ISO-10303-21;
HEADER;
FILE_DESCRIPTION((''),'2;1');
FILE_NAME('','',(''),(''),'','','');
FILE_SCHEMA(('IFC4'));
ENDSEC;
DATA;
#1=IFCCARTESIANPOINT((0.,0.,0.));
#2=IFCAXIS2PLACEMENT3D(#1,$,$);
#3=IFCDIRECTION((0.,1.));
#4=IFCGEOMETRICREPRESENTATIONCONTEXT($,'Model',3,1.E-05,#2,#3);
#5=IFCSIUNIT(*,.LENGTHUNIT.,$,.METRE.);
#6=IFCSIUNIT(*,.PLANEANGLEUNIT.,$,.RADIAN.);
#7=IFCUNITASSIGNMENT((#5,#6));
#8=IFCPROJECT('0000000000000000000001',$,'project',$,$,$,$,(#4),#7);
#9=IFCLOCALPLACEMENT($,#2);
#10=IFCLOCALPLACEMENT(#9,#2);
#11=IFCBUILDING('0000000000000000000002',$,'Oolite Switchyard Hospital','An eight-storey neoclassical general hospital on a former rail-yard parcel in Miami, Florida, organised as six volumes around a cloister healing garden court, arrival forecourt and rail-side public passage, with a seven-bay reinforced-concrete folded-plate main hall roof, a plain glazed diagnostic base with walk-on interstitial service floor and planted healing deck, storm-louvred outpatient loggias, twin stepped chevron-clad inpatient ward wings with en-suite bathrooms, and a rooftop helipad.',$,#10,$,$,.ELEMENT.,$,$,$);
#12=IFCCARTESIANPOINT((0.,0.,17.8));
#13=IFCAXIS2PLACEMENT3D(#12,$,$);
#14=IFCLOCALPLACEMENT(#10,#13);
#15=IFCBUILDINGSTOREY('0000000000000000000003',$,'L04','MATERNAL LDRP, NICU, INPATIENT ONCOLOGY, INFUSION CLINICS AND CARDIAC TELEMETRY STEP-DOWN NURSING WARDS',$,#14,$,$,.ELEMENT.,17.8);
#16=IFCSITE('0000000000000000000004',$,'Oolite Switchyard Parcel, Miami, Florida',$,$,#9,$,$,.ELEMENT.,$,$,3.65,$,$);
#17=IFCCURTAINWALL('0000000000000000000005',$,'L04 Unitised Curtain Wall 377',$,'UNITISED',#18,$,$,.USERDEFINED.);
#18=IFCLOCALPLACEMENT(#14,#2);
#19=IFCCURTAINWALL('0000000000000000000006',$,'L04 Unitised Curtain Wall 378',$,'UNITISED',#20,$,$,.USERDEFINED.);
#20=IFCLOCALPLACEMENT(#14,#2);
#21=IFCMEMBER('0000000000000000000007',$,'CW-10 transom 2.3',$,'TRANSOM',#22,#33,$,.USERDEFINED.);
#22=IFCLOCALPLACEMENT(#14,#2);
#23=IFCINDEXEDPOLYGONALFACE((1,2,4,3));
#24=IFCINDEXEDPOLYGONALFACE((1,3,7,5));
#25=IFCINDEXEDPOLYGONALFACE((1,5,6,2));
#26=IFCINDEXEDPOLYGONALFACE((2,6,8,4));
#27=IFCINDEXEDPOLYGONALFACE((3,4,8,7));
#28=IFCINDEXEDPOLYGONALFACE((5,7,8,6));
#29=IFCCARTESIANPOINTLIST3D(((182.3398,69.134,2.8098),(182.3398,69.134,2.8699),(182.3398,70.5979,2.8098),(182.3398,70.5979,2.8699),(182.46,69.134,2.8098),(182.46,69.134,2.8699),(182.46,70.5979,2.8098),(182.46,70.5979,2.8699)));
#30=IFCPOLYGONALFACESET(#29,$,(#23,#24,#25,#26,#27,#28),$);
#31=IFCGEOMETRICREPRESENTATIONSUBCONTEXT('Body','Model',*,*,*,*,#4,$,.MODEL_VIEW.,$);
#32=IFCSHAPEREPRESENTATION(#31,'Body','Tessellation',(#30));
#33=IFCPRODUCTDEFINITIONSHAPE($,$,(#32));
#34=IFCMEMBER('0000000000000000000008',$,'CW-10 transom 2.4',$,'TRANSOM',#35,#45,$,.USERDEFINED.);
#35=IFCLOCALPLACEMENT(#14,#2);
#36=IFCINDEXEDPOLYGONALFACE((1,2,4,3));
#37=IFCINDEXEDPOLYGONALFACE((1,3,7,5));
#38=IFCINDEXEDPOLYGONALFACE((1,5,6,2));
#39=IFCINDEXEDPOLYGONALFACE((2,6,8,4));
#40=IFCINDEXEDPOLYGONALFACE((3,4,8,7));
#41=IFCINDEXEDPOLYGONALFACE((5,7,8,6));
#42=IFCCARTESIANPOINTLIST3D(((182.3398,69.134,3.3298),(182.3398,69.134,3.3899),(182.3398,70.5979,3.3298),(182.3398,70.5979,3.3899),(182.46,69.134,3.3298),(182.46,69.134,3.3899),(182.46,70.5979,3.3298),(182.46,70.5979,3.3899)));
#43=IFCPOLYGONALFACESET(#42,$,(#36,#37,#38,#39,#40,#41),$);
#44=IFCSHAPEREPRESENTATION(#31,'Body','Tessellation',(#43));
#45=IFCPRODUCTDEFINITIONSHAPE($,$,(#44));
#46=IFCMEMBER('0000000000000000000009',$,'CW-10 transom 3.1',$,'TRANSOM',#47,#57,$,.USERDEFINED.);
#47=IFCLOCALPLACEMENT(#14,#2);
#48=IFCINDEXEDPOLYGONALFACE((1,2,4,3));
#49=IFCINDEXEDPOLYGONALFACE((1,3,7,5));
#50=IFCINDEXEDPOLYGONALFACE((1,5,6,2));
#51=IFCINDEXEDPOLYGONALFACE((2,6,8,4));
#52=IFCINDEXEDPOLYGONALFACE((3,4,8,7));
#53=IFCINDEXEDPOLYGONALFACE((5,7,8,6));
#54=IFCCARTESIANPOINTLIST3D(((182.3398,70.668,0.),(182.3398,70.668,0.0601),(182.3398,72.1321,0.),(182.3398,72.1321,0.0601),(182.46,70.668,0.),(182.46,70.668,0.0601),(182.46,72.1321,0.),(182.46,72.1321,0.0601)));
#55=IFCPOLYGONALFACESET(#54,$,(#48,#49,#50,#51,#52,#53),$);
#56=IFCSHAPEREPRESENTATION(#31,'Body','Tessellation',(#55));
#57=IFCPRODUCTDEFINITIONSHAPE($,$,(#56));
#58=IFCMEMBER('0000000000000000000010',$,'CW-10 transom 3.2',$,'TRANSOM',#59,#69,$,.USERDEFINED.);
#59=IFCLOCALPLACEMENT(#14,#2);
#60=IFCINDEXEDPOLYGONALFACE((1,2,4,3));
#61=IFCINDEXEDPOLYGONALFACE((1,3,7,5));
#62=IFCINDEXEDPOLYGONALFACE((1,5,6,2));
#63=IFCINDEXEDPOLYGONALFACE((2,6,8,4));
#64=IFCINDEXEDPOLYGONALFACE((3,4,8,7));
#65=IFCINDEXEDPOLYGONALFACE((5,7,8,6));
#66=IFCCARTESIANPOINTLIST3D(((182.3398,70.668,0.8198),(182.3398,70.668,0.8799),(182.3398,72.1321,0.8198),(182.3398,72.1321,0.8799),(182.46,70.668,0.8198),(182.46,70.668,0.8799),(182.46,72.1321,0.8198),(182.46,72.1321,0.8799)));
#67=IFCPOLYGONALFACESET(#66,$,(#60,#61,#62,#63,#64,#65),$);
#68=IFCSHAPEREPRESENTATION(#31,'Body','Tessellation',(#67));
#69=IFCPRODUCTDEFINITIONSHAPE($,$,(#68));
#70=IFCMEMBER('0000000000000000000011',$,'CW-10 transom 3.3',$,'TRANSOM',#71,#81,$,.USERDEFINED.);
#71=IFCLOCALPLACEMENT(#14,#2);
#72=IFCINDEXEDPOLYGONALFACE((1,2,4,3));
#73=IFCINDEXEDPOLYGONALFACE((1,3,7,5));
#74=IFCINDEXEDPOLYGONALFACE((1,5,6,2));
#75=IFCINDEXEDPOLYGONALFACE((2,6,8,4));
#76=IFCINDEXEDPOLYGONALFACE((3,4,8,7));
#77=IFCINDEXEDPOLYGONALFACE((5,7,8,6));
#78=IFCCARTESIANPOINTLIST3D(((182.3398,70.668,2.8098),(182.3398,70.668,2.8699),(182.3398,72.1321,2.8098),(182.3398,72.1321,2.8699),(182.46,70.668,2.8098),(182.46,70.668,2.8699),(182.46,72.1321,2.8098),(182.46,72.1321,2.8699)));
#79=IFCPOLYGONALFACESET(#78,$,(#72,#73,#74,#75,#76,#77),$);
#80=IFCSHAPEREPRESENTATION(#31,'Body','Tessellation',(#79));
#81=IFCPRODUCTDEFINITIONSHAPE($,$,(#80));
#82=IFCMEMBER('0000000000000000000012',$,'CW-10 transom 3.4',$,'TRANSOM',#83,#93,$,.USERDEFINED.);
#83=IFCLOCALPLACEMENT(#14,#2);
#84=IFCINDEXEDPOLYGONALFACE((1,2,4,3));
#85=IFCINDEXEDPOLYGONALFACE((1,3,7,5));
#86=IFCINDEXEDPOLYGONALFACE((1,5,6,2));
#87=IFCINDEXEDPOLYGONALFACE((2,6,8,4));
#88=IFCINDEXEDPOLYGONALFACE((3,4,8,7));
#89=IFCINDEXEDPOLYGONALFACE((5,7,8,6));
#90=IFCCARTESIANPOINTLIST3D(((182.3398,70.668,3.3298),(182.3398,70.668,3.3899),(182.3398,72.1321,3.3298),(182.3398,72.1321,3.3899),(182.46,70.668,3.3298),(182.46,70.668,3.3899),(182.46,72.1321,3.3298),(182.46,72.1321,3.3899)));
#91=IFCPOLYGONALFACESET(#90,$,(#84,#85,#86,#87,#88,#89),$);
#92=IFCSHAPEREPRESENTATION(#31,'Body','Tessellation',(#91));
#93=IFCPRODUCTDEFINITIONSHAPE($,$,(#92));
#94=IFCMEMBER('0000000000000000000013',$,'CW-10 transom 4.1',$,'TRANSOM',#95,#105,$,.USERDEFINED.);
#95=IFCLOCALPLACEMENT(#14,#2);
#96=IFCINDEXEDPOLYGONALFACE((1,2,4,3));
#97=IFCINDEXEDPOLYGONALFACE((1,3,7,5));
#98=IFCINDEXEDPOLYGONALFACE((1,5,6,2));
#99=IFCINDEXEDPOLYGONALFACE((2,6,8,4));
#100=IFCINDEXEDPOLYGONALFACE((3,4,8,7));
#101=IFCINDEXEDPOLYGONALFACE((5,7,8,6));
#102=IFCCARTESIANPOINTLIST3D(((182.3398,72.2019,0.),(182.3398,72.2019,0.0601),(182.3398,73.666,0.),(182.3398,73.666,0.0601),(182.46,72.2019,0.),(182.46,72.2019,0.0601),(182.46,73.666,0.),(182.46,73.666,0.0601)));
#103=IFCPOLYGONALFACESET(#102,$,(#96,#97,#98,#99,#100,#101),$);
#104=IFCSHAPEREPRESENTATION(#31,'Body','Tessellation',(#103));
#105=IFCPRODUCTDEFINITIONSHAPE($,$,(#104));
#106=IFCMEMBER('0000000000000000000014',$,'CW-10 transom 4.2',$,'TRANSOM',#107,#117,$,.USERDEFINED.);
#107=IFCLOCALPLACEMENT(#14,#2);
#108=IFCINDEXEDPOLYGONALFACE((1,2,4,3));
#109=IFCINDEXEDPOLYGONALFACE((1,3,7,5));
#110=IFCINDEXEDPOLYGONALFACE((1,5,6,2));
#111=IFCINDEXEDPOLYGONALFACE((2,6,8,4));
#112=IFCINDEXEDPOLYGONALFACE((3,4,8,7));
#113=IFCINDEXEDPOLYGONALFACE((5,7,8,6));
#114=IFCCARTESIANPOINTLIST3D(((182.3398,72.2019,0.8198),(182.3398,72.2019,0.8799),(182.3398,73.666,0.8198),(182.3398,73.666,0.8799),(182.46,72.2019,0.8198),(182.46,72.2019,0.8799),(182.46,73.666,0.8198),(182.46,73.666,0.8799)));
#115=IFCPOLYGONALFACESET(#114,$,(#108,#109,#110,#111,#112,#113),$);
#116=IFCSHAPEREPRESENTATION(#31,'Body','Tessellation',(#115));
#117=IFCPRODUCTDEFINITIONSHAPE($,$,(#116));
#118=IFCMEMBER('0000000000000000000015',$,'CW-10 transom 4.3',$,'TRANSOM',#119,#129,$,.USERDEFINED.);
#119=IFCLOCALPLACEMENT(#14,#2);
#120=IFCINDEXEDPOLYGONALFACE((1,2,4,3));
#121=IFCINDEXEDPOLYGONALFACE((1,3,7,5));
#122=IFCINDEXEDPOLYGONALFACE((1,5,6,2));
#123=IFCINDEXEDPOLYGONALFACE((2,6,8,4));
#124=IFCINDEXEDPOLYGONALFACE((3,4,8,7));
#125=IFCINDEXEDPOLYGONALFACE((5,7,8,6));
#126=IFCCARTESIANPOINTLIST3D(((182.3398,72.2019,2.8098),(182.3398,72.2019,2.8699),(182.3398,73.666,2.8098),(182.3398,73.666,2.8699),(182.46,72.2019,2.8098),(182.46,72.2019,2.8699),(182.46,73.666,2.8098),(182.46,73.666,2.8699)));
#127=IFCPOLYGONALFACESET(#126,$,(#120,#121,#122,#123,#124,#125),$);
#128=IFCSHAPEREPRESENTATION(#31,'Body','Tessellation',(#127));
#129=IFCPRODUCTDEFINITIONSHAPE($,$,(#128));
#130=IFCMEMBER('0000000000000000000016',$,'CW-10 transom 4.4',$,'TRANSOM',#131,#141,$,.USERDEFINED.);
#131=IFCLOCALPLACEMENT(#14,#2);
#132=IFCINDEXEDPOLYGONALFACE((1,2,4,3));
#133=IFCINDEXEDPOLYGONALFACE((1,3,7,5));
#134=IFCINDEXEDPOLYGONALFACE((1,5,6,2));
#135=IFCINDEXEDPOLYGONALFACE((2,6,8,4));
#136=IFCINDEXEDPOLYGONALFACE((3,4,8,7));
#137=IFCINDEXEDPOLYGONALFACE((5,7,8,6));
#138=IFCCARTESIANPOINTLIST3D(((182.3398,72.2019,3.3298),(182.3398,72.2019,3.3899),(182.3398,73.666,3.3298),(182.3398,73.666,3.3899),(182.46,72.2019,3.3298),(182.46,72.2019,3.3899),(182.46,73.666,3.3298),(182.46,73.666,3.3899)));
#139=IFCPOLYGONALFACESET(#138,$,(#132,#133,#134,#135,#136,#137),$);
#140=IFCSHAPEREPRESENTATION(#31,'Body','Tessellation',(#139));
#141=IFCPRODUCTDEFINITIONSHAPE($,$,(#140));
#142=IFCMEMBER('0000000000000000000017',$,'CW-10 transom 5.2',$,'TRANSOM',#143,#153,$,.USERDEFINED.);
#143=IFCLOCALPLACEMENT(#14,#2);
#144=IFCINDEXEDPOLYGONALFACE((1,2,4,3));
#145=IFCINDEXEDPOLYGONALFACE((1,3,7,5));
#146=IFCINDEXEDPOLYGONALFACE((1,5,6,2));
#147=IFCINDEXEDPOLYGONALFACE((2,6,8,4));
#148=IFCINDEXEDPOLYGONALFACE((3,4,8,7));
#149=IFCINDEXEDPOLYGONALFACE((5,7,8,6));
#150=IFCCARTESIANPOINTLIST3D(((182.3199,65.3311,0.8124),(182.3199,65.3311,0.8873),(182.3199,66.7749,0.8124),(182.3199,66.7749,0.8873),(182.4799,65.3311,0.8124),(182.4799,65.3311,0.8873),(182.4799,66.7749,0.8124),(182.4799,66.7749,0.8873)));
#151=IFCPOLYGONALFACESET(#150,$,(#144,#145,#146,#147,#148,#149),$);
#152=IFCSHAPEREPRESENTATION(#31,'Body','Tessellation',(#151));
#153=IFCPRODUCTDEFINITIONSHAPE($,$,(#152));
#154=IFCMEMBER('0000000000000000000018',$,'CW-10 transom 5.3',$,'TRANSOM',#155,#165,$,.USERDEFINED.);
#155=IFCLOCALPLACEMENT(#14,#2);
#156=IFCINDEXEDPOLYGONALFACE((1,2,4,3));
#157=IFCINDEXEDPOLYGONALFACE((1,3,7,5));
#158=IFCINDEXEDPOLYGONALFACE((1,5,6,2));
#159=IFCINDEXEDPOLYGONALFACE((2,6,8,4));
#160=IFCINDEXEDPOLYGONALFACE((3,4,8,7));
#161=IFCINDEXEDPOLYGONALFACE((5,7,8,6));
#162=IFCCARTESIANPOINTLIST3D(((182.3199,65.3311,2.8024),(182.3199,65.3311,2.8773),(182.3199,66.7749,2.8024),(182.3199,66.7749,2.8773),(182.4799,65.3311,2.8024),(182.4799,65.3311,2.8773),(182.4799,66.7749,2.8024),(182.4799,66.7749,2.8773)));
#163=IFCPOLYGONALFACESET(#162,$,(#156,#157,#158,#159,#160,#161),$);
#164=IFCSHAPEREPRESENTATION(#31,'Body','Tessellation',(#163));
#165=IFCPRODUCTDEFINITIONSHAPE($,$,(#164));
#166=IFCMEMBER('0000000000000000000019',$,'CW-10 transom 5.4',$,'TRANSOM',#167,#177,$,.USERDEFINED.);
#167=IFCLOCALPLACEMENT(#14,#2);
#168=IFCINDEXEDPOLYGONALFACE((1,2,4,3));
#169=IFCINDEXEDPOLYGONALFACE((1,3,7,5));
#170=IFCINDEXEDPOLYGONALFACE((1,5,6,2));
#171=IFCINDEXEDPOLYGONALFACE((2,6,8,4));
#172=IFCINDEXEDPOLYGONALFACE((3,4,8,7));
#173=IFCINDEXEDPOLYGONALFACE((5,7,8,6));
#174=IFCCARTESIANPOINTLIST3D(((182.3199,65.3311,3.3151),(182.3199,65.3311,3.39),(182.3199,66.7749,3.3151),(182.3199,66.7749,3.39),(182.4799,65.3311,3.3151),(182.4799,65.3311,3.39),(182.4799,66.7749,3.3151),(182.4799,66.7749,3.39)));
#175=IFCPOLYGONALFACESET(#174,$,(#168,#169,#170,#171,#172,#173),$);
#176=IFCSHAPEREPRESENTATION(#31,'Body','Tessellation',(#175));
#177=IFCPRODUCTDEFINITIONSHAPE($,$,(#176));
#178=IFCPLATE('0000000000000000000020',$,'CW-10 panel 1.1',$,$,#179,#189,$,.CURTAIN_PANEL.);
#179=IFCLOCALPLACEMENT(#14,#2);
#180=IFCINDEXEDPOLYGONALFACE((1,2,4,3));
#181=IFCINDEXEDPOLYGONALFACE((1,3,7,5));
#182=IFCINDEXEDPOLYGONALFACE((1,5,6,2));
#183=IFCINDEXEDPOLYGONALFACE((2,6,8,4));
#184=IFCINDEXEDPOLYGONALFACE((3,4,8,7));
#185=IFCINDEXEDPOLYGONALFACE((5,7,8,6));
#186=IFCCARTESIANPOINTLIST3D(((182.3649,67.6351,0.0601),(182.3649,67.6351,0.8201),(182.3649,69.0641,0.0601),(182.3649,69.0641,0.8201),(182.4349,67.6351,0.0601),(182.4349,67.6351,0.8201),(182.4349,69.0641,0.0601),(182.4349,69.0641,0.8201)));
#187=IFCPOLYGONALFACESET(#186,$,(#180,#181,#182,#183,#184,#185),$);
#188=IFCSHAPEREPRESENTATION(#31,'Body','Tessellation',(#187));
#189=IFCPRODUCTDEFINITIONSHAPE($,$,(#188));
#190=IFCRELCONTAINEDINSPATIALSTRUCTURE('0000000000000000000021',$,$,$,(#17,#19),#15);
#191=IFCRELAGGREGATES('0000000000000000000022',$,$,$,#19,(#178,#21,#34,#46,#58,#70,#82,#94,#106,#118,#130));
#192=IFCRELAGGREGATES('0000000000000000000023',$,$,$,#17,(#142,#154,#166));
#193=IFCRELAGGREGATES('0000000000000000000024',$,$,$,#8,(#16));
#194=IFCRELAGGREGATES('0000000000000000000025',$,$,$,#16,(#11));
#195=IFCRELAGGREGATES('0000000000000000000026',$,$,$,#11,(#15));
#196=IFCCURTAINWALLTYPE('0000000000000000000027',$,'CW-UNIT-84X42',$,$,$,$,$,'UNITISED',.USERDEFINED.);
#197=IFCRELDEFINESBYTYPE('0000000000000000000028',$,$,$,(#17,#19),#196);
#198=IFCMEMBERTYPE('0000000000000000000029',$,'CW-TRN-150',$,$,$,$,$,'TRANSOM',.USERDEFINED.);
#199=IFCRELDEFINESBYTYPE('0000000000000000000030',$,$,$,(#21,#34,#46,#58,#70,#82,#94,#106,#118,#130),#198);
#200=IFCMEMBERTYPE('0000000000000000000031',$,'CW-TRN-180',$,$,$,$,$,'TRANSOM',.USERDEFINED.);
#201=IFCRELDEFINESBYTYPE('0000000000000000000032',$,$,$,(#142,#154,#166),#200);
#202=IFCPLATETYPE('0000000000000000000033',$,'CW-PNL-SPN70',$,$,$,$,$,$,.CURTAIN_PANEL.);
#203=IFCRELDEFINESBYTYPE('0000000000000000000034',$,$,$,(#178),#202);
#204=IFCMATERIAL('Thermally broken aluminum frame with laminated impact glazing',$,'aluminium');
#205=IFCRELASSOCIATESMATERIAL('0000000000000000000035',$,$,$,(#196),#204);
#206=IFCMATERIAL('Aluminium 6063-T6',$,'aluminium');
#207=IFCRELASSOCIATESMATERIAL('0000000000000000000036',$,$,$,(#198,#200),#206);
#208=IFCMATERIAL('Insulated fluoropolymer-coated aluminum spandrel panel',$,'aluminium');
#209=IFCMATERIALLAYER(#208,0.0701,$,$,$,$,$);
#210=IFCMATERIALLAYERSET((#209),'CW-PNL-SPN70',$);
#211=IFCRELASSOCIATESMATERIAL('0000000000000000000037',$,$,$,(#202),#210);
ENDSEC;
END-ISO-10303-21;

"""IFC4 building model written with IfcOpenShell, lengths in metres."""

from ifc_helpers import new_model, si_unit, direction, frame, origin, origin_2d, place, context, subcontext, project, spatial, rectangle, extrude, material, layer, layer_set, material_profile, profile_set, type_object, element, aggregate, save


model = new_model("IFC4")

# Units and contexts
model_context = context("Model", 3, precision=1e-05, world=origin(), true_north=direction((0.0, 1.0)))
body_context = subcontext(model_context, "Body", "Model", "MODEL_VIEW")
ifc_project = project(units=[si_unit("LENGTHUNIT", "METRE"), si_unit("PLANEANGLEUNIT", "RADIAN")], contexts=[model_context])

# Site, building, storey
site_placement = place(None, origin())
site = spatial("IfcSite", under=ifc_project, at=site_placement, Name="Oolite Switchyard Parcel, Miami, Florida", CompositionType="ELEMENT", RefElevation=3.65)
building_placement = place(site_placement, origin())
building = spatial("IfcBuilding", under=site, at=building_placement, Name="Oolite Switchyard Hospital", Description="An eight-storey neoclassical general hospital on a former rail-yard parcel in Miami, Florida, organised as six volumes around a cloister healing garden court, arrival forecourt and rail-side public passage, with a seven-bay reinforced-concrete folded-plate main hall roof, a plain glazed diagnostic base with walk-on interstitial service floor and planted healing deck, storm-louvred outpatient loggias, twin stepped chevron-clad inpatient ward wings with en-suite bathrooms, and a rooftop helipad.", CompositionType="ELEMENT")
storey_placement = place(building_placement, frame((0.0, 0.0, 17.8)))
storey = spatial("IfcBuildingStorey", under=building, at=storey_placement, Name="L04", Description="MATERNAL LDRP, NICU, INPATIENT ONCOLOGY, INFUSION CLINICS AND CARDIAC TELEMETRY STEP-DOWN NURSING WARDS", CompositionType="ELEMENT", Elevation=17.8)

# Curtain wall
ifc_material_1 = material(Name="Thermally broken aluminum frame with laminated impact glazing", Category="aluminium")
curtain_wall_type = type_object("IfcCurtainWallType", Name="CW-UNIT-84X42", ElementType="UNITISED", PredefinedType="USERDEFINED", material=ifc_material_1)
curtain_wall_1_placement = place(storey_placement, origin())
curtain_wall_1 = element("IfcCurtainWall", 1, at=curtain_wall_1_placement, inside=storey, type_object=curtain_wall_type, Name="L04 Unitised Curtain Wall 377", ObjectType="UNITISED", PredefinedType="USERDEFINED")
ifc_material_2 = material(Name="Aluminium 6063-T6", Category="aluminium")

# Curtain wall, members
curtain_wall_2_placement = place(storey_placement, origin())
curtain_wall_2 = element("IfcCurtainWall", 2, at=curtain_wall_2_placement, inside=storey, type_object=curtain_wall_type, Name="L04 Unitised Curtain Wall 378", ObjectType="UNITISED", PredefinedType="USERDEFINED")
ifc_material_profile_1 = material_profile(ifc_material_2, rectangle(XDim=0.1201, YDim=0.0601, at=origin_2d()), Name="CWT60X120")
ifc_profile_set_1 = profile_set([ifc_material_profile_1], Name="Aluminium 6063-T6")
member_type_1 = type_object("IfcMemberType", Name="CW-TRN-150", ElementType="TRANSOM", PredefinedType="USERDEFINED", material=ifc_profile_set_1)
member_1_placement = place(storey_placement, frame((182.3999, 69.134, 2.8398), z_axis=(0.0, 1.0, 0.0), x_axis=(-1.0, 0.0, 0.0)))
member_1 = element("IfcMember", 3, at=member_1_placement, type_object=member_type_1, Name="CW-10 transom 2.3", ObjectType="TRANSOM", PredefinedType="USERDEFINED", context=body_context, shape_type="SweptSolid", body=[
    extrude(rectangle(XDim=0.1201, YDim=0.0601, at=origin_2d()), origin(), (0.0, 0.0, 1.0), 1.4639),
])
member_2_placement = place(storey_placement, frame((182.3999, 69.134, 3.3599), z_axis=(0.0, 1.0, 0.0), x_axis=(-1.0, 0.0, 0.0)))
member_2 = element("IfcMember", 4, at=member_2_placement, type_object=member_type_1, Name="CW-10 transom 2.4", ObjectType="TRANSOM", PredefinedType="USERDEFINED", context=body_context, shape_type="SweptSolid", body=[
    extrude(rectangle(XDim=0.1201, YDim=0.0601, at=origin_2d()), origin(), (0.0, 0.0, 1.0), 1.4639),
])
member_3_placement = place(storey_placement, frame((182.3999, 70.668, 0.03), z_axis=(0.0, 1.0, 0.0), x_axis=(-1.0, 0.0, 0.0)))
member_3 = element("IfcMember", 5, at=member_3_placement, type_object=member_type_1, Name="CW-10 transom 3.1", ObjectType="TRANSOM", PredefinedType="USERDEFINED", context=body_context, shape_type="SweptSolid", body=[
    extrude(rectangle(XDim=0.1201, YDim=0.0601, at=origin_2d()), origin(), (0.0, 0.0, 1.0), 1.4641),
])
member_4_placement = place(storey_placement, frame((182.3999, 70.668, 0.8499), z_axis=(0.0, 1.0, 0.0), x_axis=(-1.0, 0.0, 0.0)))
member_4 = element("IfcMember", 6, at=member_4_placement, type_object=member_type_1, Name="CW-10 transom 3.2", ObjectType="TRANSOM", PredefinedType="USERDEFINED", context=body_context, shape_type="SweptSolid", body=[
    extrude(rectangle(XDim=0.1201, YDim=0.0601, at=origin_2d()), origin(), (0.0, 0.0, 1.0), 1.4641),
])
member_5_placement = place(storey_placement, frame((182.3999, 70.668, 2.8398), z_axis=(0.0, 1.0, 0.0), x_axis=(-1.0, 0.0, 0.0)))
member_5 = element("IfcMember", 7, at=member_5_placement, type_object=member_type_1, Name="CW-10 transom 3.3", ObjectType="TRANSOM", PredefinedType="USERDEFINED", context=body_context, shape_type="SweptSolid", body=[
    extrude(rectangle(XDim=0.1201, YDim=0.0601, at=origin_2d()), origin(), (0.0, 0.0, 1.0), 1.4641),
])
member_6_placement = place(storey_placement, frame((182.3999, 70.668, 3.3599), z_axis=(0.0, 1.0, 0.0), x_axis=(-1.0, 0.0, 0.0)))
member_6 = element("IfcMember", 8, at=member_6_placement, type_object=member_type_1, Name="CW-10 transom 3.4", ObjectType="TRANSOM", PredefinedType="USERDEFINED", context=body_context, shape_type="SweptSolid", body=[
    extrude(rectangle(XDim=0.1201, YDim=0.0601, at=origin_2d()), origin(), (0.0, 0.0, 1.0), 1.4641),
])
member_7_placement = place(storey_placement, frame((182.3999, 72.2019, 0.03), z_axis=(0.0, 1.0, 0.0), x_axis=(-1.0, 0.0, 0.0)))
member_7 = element("IfcMember", 9, at=member_7_placement, type_object=member_type_1, Name="CW-10 transom 4.1", ObjectType="TRANSOM", PredefinedType="USERDEFINED", context=body_context, shape_type="SweptSolid", body=[
    extrude(rectangle(XDim=0.1201, YDim=0.0601, at=origin_2d()), origin(), (0.0, 0.0, 1.0), 1.4641),
])
member_8_placement = place(storey_placement, frame((182.3999, 72.2019, 0.8499), z_axis=(0.0, 1.0, 0.0), x_axis=(-1.0, 0.0, 0.0)))
member_8 = element("IfcMember", 10, at=member_8_placement, type_object=member_type_1, Name="CW-10 transom 4.2", ObjectType="TRANSOM", PredefinedType="USERDEFINED", context=body_context, shape_type="SweptSolid", body=[
    extrude(rectangle(XDim=0.1201, YDim=0.0601, at=origin_2d()), origin(), (0.0, 0.0, 1.0), 1.4641),
])
member_9_placement = place(storey_placement, frame((182.3999, 72.2019, 2.8398), z_axis=(0.0, 1.0, 0.0), x_axis=(-1.0, 0.0, 0.0)))
member_9 = element("IfcMember", 11, at=member_9_placement, type_object=member_type_1, Name="CW-10 transom 4.3", ObjectType="TRANSOM", PredefinedType="USERDEFINED", context=body_context, shape_type="SweptSolid", body=[
    extrude(rectangle(XDim=0.1201, YDim=0.0601, at=origin_2d()), origin(), (0.0, 0.0, 1.0), 1.4641),
])
member_10_placement = place(storey_placement, frame((182.3999, 72.2019, 3.3599), z_axis=(0.0, 1.0, 0.0), x_axis=(-1.0, 0.0, 0.0)))
member_10 = element("IfcMember", 12, at=member_10_placement, type_object=member_type_1, Name="CW-10 transom 4.4", ObjectType="TRANSOM", PredefinedType="USERDEFINED", context=body_context, shape_type="SweptSolid", body=[
    extrude(rectangle(XDim=0.1201, YDim=0.0601, at=origin_2d()), origin(), (0.0, 0.0, 1.0), 1.4641),
])

# Members
ifc_material_profile_2 = material_profile(ifc_material_2, rectangle(XDim=0.1599, YDim=0.075, at=origin_2d()), Name="CWT75X160")
ifc_profile_set_2 = profile_set([ifc_material_profile_2], Name="Aluminium 6063-T6")
member_type_2 = type_object("IfcMemberType", Name="CW-TRN-180", ElementType="TRANSOM", PredefinedType="USERDEFINED", material=ifc_profile_set_2)
member_11_placement = place(storey_placement, frame((182.3999, 65.3311, 0.8499), z_axis=(0.0, 1.0, 0.0), x_axis=(-1.0, 0.0, 0.0)))
member_11 = element("IfcMember", 13, at=member_11_placement, type_object=member_type_2, Name="CW-10 transom 5.2", ObjectType="TRANSOM", PredefinedType="USERDEFINED", context=body_context, shape_type="SweptSolid", body=[
    extrude(rectangle(XDim=0.1599, YDim=0.075, at=origin_2d()), origin(), (0.0, 0.0, 1.0), 1.4438),
])
member_12_placement = place(storey_placement, frame((182.3999, 65.3311, 2.8398), z_axis=(0.0, 1.0, 0.0), x_axis=(-1.0, 0.0, 0.0)))
member_12 = element("IfcMember", 14, at=member_12_placement, type_object=member_type_2, Name="CW-10 transom 5.3", ObjectType="TRANSOM", PredefinedType="USERDEFINED", context=body_context, shape_type="SweptSolid", body=[
    extrude(rectangle(XDim=0.1599, YDim=0.075, at=origin_2d()), origin(), (0.0, 0.0, 1.0), 1.4438),
])
member_13_placement = place(storey_placement, frame((182.3999, 65.3311, 3.3525), z_axis=(0.0, 1.0, 0.0), x_axis=(-1.0, 0.0, 0.0)))
member_13 = element("IfcMember", 15, at=member_13_placement, type_object=member_type_2, Name="CW-10 transom 5.4", ObjectType="TRANSOM", PredefinedType="USERDEFINED", context=body_context, shape_type="SweptSolid", body=[
    extrude(rectangle(XDim=0.1599, YDim=0.075, at=origin_2d()), origin(), (0.0, 0.0, 1.0), 1.4438),
])

# Plate
ifc_material_3 = material(Name="Insulated fluoropolymer-coated aluminum spandrel panel", Category="aluminium")
ifc_layer_1 = layer(ifc_material_3, 0.0701)
ifc_layer_set_1 = layer_set([ifc_layer_1], Name="CW-PNL-SPN70")
plate_type_1 = type_object("IfcPlateType", Name="CW-PNL-SPN70", PredefinedType="CURTAIN_PANEL", material=ifc_layer_set_1)
plate_1_placement = place(storey_placement, frame((182.3999, 68.3496, 0.0601), z_axis=(0.0, 0.0, 1.0), x_axis=(0.0, 1.0, 0.0)))
plate_1 = element("IfcPlate", 16, at=plate_1_placement, type_object=plate_type_1, Name="CW-10 panel 1.1", PredefinedType="CURTAIN_PANEL", context=body_context, shape_type="SweptSolid", body=[
    extrude(rectangle(XDim=1.429, YDim=0.0701, at=origin_2d()), origin(), (0.0, 0.0, 1.0), 0.76),
])
aggregate(curtain_wall_2, [plate_1, member_1, member_2, member_3, member_4, member_5, member_6, member_7, member_8, member_9, member_10])
aggregate(curtain_wall_1, [member_11, member_12, member_13])

save(model, "model.ifc")
